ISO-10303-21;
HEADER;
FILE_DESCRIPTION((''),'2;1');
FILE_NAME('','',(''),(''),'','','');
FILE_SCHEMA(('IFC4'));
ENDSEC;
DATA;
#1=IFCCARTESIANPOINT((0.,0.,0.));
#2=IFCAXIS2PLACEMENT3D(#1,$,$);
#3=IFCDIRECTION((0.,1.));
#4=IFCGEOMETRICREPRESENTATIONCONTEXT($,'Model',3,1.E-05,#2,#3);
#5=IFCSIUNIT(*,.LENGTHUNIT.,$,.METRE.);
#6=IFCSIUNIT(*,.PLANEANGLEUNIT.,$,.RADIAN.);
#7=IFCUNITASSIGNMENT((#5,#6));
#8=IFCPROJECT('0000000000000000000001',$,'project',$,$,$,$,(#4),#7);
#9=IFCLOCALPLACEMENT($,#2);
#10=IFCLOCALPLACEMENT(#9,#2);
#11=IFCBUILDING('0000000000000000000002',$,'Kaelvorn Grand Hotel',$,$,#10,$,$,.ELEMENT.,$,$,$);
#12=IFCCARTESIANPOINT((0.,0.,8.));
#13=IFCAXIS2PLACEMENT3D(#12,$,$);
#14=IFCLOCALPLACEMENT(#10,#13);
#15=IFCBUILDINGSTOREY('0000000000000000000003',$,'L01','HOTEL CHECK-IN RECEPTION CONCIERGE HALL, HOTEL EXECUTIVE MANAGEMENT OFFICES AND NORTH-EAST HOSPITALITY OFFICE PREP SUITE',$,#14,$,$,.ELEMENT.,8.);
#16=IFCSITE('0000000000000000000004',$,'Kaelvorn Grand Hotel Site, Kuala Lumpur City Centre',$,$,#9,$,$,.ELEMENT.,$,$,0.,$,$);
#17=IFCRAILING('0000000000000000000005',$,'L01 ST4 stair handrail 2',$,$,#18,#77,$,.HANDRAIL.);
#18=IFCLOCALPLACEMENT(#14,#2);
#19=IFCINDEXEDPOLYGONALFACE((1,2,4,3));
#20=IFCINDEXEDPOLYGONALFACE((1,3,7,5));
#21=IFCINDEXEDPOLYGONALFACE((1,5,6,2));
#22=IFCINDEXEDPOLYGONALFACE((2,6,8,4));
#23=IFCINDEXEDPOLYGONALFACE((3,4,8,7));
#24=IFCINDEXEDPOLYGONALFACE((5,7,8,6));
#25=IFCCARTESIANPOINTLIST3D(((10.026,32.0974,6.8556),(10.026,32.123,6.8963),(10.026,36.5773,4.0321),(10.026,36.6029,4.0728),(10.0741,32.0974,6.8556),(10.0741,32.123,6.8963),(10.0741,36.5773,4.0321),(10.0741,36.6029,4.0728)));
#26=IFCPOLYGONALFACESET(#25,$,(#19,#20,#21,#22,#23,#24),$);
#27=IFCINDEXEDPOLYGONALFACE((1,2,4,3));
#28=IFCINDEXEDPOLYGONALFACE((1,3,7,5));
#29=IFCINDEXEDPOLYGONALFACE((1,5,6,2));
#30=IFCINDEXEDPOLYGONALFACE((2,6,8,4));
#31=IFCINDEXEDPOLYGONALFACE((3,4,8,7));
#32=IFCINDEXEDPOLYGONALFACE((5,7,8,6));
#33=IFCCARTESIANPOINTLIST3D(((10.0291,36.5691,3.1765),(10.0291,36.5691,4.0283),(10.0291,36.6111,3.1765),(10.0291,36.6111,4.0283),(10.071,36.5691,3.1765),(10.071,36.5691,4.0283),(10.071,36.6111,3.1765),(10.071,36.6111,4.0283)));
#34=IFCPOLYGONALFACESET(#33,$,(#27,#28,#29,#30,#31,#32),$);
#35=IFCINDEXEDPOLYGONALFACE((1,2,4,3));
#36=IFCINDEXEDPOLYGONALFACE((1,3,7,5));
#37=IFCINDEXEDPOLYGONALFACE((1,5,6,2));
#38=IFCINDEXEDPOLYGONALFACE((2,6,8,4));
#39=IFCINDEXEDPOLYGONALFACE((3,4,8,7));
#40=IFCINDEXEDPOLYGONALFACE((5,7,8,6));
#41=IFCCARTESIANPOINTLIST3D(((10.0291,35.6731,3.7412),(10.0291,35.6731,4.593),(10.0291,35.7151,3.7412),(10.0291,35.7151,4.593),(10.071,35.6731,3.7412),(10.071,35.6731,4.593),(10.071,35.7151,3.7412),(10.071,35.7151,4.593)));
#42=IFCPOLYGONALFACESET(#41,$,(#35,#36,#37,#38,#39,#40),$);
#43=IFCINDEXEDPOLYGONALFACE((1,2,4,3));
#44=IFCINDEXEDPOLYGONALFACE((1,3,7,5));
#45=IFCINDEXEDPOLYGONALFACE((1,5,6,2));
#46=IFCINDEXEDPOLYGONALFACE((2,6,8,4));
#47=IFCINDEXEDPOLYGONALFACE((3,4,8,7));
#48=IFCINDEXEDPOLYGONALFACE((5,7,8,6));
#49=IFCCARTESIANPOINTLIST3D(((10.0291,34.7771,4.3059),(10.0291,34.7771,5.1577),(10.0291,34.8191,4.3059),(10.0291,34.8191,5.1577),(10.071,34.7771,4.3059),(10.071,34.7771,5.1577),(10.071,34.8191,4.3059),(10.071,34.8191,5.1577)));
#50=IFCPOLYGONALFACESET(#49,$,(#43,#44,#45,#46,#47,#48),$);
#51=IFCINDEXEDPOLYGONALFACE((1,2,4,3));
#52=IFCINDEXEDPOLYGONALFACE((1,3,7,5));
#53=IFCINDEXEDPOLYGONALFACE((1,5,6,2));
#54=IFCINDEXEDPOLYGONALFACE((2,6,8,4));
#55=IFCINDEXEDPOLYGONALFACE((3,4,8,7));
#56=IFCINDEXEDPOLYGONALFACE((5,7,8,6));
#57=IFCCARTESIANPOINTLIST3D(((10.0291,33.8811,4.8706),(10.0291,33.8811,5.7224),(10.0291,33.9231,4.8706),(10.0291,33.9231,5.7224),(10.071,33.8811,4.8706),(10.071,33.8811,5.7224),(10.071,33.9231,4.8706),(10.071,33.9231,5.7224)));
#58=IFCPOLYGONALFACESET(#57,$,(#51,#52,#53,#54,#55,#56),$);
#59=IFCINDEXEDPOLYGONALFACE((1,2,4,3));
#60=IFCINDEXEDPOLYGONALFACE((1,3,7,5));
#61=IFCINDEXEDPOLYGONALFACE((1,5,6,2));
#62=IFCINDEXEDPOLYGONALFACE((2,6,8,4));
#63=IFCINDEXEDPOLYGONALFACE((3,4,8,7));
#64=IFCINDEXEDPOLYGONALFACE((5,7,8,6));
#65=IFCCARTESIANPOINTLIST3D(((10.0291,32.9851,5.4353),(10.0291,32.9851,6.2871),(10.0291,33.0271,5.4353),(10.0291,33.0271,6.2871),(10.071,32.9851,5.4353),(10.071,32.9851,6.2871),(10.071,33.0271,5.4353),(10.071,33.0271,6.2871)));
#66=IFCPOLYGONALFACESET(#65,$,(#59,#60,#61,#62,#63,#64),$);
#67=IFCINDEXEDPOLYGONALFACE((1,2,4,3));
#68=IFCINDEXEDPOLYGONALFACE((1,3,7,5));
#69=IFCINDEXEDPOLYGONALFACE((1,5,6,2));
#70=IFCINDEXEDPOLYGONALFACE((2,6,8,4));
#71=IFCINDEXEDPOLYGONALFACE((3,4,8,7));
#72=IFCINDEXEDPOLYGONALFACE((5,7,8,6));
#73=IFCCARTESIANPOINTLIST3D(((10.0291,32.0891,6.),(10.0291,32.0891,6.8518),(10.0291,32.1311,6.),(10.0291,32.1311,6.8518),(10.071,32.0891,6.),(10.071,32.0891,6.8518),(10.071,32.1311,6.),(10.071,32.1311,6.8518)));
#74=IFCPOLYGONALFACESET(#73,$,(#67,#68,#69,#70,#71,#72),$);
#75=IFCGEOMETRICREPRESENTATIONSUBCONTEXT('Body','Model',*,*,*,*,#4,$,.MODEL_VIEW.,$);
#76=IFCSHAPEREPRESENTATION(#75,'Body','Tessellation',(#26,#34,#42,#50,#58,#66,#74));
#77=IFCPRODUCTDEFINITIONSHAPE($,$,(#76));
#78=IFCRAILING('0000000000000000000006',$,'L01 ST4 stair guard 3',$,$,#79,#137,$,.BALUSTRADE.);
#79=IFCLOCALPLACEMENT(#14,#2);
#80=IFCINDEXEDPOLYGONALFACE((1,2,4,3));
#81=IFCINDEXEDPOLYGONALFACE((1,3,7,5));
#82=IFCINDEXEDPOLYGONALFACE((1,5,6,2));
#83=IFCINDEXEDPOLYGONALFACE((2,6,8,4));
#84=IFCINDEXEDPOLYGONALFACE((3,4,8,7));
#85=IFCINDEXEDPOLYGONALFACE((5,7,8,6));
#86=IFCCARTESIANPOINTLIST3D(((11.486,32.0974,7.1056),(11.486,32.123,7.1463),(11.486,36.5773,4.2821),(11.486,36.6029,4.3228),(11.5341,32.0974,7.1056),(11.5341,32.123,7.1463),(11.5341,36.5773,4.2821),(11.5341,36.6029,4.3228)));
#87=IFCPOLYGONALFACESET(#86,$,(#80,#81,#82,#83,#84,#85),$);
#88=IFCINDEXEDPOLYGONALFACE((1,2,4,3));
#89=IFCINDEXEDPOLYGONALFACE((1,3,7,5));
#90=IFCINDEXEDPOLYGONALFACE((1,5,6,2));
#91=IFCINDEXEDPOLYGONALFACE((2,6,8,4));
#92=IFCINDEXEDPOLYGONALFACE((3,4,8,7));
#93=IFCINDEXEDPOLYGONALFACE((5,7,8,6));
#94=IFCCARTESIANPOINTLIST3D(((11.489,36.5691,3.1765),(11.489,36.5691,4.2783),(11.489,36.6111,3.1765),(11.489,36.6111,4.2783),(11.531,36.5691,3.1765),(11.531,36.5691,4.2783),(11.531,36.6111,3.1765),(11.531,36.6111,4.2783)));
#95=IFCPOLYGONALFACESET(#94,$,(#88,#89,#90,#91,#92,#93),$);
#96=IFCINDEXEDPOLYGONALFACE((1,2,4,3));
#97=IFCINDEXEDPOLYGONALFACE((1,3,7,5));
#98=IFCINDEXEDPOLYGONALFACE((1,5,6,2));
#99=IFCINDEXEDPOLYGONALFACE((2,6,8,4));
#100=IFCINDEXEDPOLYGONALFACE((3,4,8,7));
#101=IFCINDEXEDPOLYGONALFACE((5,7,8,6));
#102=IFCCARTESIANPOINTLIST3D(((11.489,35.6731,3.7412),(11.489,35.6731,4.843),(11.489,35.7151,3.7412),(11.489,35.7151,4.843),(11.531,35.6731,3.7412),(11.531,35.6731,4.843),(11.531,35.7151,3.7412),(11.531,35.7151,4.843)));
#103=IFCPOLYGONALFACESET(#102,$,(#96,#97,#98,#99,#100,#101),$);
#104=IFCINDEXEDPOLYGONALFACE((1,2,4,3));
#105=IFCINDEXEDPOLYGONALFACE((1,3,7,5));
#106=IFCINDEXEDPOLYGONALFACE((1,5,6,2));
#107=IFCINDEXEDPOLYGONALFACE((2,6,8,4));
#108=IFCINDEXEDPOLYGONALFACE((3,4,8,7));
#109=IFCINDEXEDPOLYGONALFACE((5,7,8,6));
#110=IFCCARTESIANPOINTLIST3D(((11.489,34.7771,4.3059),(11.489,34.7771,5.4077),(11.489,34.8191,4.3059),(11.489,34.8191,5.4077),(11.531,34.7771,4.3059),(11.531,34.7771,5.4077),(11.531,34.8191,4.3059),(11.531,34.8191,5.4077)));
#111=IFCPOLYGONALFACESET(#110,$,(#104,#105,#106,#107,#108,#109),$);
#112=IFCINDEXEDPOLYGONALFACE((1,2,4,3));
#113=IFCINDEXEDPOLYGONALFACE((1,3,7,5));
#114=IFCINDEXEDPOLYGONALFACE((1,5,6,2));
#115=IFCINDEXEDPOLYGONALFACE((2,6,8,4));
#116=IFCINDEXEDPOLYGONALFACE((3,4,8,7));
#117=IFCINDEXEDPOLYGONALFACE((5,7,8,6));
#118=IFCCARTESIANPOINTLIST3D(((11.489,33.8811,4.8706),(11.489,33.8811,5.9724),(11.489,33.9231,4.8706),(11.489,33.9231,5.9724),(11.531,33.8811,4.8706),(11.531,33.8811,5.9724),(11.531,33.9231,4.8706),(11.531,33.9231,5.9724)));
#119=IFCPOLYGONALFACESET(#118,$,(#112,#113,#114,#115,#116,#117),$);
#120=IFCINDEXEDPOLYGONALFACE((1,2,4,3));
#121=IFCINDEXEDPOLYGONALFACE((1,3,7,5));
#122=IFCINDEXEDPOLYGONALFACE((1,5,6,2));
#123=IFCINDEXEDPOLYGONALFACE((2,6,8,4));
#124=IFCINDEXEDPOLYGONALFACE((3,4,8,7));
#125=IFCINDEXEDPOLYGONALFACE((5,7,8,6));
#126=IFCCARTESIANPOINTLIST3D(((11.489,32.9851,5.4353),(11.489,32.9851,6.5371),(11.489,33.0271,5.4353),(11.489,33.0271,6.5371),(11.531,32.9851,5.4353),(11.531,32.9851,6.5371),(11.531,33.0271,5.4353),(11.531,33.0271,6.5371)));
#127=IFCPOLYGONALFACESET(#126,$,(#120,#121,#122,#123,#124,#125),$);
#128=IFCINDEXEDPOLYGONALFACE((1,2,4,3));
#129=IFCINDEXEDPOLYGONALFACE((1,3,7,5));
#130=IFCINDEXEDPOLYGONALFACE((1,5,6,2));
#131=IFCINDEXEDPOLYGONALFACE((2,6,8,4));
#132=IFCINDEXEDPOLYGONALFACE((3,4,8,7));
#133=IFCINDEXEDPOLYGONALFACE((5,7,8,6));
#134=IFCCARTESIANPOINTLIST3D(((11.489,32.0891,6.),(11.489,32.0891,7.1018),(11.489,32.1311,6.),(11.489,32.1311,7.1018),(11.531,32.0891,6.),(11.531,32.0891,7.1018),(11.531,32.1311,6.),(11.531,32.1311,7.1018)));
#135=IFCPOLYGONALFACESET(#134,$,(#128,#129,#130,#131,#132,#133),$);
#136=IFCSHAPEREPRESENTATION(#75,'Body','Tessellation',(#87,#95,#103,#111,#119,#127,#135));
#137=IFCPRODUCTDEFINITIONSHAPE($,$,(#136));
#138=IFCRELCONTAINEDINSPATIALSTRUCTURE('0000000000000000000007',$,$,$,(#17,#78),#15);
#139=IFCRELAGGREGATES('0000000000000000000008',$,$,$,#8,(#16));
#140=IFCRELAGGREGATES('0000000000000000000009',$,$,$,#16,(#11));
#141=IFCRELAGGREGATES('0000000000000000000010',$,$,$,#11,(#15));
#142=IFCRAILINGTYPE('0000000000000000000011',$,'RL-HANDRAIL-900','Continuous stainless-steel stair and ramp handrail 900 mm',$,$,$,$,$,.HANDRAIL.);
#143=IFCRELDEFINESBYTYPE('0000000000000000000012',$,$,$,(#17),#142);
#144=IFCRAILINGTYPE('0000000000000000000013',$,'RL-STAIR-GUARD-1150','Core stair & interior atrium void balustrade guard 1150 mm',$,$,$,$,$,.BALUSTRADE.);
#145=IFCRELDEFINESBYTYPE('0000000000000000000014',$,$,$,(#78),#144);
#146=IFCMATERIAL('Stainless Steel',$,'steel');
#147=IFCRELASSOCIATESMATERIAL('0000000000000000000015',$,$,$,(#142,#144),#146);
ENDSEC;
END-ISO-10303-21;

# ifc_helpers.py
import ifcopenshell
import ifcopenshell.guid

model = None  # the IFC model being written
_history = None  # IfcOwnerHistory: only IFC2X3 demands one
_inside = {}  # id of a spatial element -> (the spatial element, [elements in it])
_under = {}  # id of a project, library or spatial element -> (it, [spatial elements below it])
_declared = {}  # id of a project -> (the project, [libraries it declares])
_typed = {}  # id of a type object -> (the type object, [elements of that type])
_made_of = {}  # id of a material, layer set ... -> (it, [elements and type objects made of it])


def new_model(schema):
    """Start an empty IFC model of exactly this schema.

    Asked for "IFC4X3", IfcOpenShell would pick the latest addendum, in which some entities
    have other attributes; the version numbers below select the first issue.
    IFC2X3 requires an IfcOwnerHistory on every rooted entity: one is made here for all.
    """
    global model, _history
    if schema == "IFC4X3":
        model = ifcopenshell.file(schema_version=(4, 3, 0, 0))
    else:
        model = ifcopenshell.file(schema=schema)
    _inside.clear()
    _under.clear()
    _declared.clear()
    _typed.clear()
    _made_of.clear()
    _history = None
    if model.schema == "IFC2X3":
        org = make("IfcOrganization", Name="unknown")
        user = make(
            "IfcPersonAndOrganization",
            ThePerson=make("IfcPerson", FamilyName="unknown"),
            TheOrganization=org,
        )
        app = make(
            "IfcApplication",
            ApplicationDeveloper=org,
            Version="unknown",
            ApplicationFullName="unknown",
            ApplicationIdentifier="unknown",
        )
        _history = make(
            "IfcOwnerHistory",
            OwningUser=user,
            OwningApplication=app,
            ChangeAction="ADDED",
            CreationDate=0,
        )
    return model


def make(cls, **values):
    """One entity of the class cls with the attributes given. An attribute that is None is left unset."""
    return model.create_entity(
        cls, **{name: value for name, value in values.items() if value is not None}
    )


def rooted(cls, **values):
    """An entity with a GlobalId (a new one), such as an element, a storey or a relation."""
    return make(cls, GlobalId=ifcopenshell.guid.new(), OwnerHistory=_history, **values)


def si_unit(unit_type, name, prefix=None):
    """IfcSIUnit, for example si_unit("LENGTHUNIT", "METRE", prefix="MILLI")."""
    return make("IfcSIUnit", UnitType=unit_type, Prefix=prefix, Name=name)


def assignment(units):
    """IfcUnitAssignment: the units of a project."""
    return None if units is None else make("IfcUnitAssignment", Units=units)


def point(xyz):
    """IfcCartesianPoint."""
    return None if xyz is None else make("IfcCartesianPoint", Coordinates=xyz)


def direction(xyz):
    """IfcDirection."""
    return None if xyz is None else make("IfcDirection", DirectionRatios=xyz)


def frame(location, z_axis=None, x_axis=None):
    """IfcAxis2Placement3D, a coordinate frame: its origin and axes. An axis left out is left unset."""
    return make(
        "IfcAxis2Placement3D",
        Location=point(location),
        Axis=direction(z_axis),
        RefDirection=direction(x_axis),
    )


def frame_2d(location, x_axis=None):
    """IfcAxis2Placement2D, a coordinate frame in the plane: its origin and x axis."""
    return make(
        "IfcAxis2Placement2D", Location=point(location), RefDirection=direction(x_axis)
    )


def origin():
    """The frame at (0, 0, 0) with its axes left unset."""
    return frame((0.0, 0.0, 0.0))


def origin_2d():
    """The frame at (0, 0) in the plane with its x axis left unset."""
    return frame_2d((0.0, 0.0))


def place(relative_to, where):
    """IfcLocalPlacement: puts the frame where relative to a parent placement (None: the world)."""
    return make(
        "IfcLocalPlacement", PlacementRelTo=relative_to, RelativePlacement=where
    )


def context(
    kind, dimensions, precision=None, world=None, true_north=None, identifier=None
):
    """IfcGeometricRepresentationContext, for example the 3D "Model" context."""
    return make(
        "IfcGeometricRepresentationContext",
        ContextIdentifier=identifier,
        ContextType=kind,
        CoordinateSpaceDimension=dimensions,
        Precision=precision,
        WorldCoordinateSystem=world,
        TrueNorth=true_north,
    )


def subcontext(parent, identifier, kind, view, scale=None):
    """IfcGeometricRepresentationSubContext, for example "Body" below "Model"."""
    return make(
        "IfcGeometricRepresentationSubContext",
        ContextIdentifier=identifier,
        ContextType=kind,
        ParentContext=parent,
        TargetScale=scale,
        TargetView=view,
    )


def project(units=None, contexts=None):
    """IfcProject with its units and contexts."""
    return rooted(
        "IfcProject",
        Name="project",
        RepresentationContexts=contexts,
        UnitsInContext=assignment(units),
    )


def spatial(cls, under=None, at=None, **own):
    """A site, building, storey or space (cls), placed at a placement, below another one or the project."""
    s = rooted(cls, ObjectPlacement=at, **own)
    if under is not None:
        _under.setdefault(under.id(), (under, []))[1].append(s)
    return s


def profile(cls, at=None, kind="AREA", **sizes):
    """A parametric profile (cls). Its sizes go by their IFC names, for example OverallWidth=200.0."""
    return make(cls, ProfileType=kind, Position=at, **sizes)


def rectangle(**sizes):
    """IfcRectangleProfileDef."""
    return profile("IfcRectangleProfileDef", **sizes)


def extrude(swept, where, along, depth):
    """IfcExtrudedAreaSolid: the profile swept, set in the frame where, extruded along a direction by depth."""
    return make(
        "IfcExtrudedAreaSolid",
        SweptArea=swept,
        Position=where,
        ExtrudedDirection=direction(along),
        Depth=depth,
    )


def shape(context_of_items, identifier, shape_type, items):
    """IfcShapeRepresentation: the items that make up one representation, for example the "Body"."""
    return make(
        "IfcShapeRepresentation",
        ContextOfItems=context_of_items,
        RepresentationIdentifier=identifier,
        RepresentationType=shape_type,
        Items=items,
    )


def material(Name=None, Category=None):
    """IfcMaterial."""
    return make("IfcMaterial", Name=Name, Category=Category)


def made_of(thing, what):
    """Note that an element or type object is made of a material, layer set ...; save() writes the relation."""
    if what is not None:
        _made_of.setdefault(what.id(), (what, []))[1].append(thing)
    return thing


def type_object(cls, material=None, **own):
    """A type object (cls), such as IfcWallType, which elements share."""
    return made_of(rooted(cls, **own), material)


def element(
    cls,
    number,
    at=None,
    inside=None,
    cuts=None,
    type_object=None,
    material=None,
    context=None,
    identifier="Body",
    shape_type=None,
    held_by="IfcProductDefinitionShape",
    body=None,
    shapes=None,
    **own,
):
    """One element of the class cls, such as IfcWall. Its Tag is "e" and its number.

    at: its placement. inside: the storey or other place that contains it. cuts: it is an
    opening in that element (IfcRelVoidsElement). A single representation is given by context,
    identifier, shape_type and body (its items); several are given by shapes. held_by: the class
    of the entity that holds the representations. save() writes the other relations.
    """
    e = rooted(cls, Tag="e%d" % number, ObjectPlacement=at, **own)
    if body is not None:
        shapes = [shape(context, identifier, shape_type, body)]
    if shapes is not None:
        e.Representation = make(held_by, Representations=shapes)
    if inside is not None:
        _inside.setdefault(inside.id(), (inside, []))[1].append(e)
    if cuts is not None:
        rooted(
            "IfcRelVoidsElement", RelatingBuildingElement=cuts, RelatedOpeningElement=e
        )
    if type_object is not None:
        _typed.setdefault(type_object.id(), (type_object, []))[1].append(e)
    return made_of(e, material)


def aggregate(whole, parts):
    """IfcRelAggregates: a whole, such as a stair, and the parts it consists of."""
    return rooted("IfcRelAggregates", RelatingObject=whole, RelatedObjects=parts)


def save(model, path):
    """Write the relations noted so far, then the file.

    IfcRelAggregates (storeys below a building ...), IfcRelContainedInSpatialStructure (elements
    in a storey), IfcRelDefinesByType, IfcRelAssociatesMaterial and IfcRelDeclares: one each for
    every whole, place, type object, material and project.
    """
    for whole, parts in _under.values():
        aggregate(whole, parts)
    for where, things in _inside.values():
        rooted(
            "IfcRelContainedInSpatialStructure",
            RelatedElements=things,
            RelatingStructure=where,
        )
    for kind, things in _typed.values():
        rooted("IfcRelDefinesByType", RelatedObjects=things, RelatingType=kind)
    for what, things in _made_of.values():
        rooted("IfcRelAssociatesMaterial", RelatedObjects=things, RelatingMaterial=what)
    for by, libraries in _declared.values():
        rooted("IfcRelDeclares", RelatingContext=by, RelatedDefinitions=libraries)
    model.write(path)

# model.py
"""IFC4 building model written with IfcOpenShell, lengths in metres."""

from ifc_helpers import new_model, si_unit, direction, frame, origin, origin_2d, place, context, subcontext, project, spatial, rectangle, extrude, material, type_object, element, save


model = new_model("IFC4")

# Units and contexts
model_context = context("Model", 3, precision=1e-05, world=origin(), true_north=direction((0.0, 1.0)))
body_context = subcontext(model_context, "Body", "Model", "MODEL_VIEW")
ifc_project = project(units=[si_unit("LENGTHUNIT", "METRE"), si_unit("PLANEANGLEUNIT", "RADIAN")], contexts=[model_context])

# Site, building, storey
site_placement = place(None, origin())
site = spatial("IfcSite", under=ifc_project, at=site_placement, Name="Kaelvorn Grand Hotel Site, Kuala Lumpur City Centre", CompositionType="ELEMENT", RefElevation=0.0)
building_placement = place(site_placement, origin())
building = spatial("IfcBuilding", under=site, at=building_placement, Name="Kaelvorn Grand Hotel", CompositionType="ELEMENT")
storey_placement = place(building_placement, frame((0.0, 0.0, 8.0)))
storey = spatial("IfcBuildingStorey", under=building, at=storey_placement, Name="L01", Description="HOTEL CHECK-IN RECEPTION CONCIERGE HALL, HOTEL EXECUTIVE MANAGEMENT OFFICES AND NORTH-EAST HOSPITALITY OFFICE PREP SUITE", CompositionType="ELEMENT", Elevation=8.0)

# Railings
ifc_material_1 = material(Name="Stainless Steel", Category="steel")
railing_type_1 = type_object("IfcRailingType", Name="RL-HANDRAIL-900", Description="Continuous stainless-steel stair and ramp handrail 900 mm", PredefinedType="HANDRAIL", material=ifc_material_1)
railing_1_placement = place(storey_placement, frame((10.05, 36.5901, 3.1765)))
element("IfcRailing", 1, at=railing_1_placement, inside=storey, type_object=railing_type_1, Name="L01 ST4 stair handrail 2", PredefinedType="HANDRAIL", context=body_context, shape_type="SweptSolid", body=[
    extrude(rectangle(XDim=0.0481, YDim=0.0481, at=origin_2d()), frame((0.0, 0.0, 0.876), z_axis=(0.0, -0.845998, 0.533186), x_axis=(1.0, 0.0, 0.0)), (0.0, 0.0, 1.0), 5.2954),
    extrude(rectangle(XDim=0.042, YDim=0.042, at=origin_2d()), origin(), (0.0, 0.0, 1.0), 0.8518),
    extrude(rectangle(XDim=0.042, YDim=0.042, at=origin_2d()), frame((0.0, -0.896, 0.5647)), (0.0, 0.0, 1.0), 0.8518),
    extrude(rectangle(XDim=0.042, YDim=0.042, at=origin_2d()), frame((0.0, -1.792, 1.1294)), (0.0, 0.0, 1.0), 0.8518),
    extrude(rectangle(XDim=0.042, YDim=0.042, at=origin_2d()), frame((0.0, -2.688, 1.6941)), (0.0, 0.0, 1.0), 0.8518),
    extrude(rectangle(XDim=0.042, YDim=0.042, at=origin_2d()), frame((0.0, -3.584, 2.2588)), (0.0, 0.0, 1.0), 0.8518),
    extrude(rectangle(XDim=0.042, YDim=0.042, at=origin_2d()), frame((0.0, -4.48, 2.8235)), (0.0, 0.0, 1.0), 0.8518),
])
railing_type_2 = type_object("IfcRailingType", Name="RL-STAIR-GUARD-1150", Description="Core stair & interior atrium void balustrade guard 1150 mm", PredefinedType="BALUSTRADE", material=ifc_material_1)
railing_2_placement = place(storey_placement, frame((11.51, 36.5901, 3.1765)))
element("IfcRailing", 2, at=railing_2_placement, inside=storey, type_object=railing_type_2, Name="L01 ST4 stair guard 3", PredefinedType="BALUSTRADE", context=body_context, shape_type="SweptSolid", body=[
    extrude(rectangle(XDim=0.0481, YDim=0.0481, at=origin_2d()), frame((0.0, 0.0, 1.126), z_axis=(0.0, -0.845998, 0.533186), x_axis=(1.0, 0.0, 0.0)), (0.0, 0.0, 1.0), 5.2954),
    extrude(rectangle(XDim=0.042, YDim=0.042, at=origin_2d()), origin(), (0.0, 0.0, 1.0), 1.1018),
    extrude(rectangle(XDim=0.042, YDim=0.042, at=origin_2d()), frame((0.0, -0.896, 0.5647)), (0.0, 0.0, 1.0), 1.1018),
    extrude(rectangle(XDim=0.042, YDim=0.042, at=origin_2d()), frame((0.0, -1.792, 1.1294)), (0.0, 0.0, 1.0), 1.1018),
    extrude(rectangle(XDim=0.042, YDim=0.042, at=origin_2d()), frame((0.0, -2.688, 1.6941)), (0.0, 0.0, 1.0), 1.1018),
    extrude(rectangle(XDim=0.042, YDim=0.042, at=origin_2d()), frame((0.0, -3.584, 2.2588)), (0.0, 0.0, 1.0), 1.1018),
    extrude(rectangle(XDim=0.042, YDim=0.042, at=origin_2d()), frame((0.0, -4.48, 2.8235)), (0.0, 0.0, 1.0), 1.1018),
])

save(model, "model.ifc")
